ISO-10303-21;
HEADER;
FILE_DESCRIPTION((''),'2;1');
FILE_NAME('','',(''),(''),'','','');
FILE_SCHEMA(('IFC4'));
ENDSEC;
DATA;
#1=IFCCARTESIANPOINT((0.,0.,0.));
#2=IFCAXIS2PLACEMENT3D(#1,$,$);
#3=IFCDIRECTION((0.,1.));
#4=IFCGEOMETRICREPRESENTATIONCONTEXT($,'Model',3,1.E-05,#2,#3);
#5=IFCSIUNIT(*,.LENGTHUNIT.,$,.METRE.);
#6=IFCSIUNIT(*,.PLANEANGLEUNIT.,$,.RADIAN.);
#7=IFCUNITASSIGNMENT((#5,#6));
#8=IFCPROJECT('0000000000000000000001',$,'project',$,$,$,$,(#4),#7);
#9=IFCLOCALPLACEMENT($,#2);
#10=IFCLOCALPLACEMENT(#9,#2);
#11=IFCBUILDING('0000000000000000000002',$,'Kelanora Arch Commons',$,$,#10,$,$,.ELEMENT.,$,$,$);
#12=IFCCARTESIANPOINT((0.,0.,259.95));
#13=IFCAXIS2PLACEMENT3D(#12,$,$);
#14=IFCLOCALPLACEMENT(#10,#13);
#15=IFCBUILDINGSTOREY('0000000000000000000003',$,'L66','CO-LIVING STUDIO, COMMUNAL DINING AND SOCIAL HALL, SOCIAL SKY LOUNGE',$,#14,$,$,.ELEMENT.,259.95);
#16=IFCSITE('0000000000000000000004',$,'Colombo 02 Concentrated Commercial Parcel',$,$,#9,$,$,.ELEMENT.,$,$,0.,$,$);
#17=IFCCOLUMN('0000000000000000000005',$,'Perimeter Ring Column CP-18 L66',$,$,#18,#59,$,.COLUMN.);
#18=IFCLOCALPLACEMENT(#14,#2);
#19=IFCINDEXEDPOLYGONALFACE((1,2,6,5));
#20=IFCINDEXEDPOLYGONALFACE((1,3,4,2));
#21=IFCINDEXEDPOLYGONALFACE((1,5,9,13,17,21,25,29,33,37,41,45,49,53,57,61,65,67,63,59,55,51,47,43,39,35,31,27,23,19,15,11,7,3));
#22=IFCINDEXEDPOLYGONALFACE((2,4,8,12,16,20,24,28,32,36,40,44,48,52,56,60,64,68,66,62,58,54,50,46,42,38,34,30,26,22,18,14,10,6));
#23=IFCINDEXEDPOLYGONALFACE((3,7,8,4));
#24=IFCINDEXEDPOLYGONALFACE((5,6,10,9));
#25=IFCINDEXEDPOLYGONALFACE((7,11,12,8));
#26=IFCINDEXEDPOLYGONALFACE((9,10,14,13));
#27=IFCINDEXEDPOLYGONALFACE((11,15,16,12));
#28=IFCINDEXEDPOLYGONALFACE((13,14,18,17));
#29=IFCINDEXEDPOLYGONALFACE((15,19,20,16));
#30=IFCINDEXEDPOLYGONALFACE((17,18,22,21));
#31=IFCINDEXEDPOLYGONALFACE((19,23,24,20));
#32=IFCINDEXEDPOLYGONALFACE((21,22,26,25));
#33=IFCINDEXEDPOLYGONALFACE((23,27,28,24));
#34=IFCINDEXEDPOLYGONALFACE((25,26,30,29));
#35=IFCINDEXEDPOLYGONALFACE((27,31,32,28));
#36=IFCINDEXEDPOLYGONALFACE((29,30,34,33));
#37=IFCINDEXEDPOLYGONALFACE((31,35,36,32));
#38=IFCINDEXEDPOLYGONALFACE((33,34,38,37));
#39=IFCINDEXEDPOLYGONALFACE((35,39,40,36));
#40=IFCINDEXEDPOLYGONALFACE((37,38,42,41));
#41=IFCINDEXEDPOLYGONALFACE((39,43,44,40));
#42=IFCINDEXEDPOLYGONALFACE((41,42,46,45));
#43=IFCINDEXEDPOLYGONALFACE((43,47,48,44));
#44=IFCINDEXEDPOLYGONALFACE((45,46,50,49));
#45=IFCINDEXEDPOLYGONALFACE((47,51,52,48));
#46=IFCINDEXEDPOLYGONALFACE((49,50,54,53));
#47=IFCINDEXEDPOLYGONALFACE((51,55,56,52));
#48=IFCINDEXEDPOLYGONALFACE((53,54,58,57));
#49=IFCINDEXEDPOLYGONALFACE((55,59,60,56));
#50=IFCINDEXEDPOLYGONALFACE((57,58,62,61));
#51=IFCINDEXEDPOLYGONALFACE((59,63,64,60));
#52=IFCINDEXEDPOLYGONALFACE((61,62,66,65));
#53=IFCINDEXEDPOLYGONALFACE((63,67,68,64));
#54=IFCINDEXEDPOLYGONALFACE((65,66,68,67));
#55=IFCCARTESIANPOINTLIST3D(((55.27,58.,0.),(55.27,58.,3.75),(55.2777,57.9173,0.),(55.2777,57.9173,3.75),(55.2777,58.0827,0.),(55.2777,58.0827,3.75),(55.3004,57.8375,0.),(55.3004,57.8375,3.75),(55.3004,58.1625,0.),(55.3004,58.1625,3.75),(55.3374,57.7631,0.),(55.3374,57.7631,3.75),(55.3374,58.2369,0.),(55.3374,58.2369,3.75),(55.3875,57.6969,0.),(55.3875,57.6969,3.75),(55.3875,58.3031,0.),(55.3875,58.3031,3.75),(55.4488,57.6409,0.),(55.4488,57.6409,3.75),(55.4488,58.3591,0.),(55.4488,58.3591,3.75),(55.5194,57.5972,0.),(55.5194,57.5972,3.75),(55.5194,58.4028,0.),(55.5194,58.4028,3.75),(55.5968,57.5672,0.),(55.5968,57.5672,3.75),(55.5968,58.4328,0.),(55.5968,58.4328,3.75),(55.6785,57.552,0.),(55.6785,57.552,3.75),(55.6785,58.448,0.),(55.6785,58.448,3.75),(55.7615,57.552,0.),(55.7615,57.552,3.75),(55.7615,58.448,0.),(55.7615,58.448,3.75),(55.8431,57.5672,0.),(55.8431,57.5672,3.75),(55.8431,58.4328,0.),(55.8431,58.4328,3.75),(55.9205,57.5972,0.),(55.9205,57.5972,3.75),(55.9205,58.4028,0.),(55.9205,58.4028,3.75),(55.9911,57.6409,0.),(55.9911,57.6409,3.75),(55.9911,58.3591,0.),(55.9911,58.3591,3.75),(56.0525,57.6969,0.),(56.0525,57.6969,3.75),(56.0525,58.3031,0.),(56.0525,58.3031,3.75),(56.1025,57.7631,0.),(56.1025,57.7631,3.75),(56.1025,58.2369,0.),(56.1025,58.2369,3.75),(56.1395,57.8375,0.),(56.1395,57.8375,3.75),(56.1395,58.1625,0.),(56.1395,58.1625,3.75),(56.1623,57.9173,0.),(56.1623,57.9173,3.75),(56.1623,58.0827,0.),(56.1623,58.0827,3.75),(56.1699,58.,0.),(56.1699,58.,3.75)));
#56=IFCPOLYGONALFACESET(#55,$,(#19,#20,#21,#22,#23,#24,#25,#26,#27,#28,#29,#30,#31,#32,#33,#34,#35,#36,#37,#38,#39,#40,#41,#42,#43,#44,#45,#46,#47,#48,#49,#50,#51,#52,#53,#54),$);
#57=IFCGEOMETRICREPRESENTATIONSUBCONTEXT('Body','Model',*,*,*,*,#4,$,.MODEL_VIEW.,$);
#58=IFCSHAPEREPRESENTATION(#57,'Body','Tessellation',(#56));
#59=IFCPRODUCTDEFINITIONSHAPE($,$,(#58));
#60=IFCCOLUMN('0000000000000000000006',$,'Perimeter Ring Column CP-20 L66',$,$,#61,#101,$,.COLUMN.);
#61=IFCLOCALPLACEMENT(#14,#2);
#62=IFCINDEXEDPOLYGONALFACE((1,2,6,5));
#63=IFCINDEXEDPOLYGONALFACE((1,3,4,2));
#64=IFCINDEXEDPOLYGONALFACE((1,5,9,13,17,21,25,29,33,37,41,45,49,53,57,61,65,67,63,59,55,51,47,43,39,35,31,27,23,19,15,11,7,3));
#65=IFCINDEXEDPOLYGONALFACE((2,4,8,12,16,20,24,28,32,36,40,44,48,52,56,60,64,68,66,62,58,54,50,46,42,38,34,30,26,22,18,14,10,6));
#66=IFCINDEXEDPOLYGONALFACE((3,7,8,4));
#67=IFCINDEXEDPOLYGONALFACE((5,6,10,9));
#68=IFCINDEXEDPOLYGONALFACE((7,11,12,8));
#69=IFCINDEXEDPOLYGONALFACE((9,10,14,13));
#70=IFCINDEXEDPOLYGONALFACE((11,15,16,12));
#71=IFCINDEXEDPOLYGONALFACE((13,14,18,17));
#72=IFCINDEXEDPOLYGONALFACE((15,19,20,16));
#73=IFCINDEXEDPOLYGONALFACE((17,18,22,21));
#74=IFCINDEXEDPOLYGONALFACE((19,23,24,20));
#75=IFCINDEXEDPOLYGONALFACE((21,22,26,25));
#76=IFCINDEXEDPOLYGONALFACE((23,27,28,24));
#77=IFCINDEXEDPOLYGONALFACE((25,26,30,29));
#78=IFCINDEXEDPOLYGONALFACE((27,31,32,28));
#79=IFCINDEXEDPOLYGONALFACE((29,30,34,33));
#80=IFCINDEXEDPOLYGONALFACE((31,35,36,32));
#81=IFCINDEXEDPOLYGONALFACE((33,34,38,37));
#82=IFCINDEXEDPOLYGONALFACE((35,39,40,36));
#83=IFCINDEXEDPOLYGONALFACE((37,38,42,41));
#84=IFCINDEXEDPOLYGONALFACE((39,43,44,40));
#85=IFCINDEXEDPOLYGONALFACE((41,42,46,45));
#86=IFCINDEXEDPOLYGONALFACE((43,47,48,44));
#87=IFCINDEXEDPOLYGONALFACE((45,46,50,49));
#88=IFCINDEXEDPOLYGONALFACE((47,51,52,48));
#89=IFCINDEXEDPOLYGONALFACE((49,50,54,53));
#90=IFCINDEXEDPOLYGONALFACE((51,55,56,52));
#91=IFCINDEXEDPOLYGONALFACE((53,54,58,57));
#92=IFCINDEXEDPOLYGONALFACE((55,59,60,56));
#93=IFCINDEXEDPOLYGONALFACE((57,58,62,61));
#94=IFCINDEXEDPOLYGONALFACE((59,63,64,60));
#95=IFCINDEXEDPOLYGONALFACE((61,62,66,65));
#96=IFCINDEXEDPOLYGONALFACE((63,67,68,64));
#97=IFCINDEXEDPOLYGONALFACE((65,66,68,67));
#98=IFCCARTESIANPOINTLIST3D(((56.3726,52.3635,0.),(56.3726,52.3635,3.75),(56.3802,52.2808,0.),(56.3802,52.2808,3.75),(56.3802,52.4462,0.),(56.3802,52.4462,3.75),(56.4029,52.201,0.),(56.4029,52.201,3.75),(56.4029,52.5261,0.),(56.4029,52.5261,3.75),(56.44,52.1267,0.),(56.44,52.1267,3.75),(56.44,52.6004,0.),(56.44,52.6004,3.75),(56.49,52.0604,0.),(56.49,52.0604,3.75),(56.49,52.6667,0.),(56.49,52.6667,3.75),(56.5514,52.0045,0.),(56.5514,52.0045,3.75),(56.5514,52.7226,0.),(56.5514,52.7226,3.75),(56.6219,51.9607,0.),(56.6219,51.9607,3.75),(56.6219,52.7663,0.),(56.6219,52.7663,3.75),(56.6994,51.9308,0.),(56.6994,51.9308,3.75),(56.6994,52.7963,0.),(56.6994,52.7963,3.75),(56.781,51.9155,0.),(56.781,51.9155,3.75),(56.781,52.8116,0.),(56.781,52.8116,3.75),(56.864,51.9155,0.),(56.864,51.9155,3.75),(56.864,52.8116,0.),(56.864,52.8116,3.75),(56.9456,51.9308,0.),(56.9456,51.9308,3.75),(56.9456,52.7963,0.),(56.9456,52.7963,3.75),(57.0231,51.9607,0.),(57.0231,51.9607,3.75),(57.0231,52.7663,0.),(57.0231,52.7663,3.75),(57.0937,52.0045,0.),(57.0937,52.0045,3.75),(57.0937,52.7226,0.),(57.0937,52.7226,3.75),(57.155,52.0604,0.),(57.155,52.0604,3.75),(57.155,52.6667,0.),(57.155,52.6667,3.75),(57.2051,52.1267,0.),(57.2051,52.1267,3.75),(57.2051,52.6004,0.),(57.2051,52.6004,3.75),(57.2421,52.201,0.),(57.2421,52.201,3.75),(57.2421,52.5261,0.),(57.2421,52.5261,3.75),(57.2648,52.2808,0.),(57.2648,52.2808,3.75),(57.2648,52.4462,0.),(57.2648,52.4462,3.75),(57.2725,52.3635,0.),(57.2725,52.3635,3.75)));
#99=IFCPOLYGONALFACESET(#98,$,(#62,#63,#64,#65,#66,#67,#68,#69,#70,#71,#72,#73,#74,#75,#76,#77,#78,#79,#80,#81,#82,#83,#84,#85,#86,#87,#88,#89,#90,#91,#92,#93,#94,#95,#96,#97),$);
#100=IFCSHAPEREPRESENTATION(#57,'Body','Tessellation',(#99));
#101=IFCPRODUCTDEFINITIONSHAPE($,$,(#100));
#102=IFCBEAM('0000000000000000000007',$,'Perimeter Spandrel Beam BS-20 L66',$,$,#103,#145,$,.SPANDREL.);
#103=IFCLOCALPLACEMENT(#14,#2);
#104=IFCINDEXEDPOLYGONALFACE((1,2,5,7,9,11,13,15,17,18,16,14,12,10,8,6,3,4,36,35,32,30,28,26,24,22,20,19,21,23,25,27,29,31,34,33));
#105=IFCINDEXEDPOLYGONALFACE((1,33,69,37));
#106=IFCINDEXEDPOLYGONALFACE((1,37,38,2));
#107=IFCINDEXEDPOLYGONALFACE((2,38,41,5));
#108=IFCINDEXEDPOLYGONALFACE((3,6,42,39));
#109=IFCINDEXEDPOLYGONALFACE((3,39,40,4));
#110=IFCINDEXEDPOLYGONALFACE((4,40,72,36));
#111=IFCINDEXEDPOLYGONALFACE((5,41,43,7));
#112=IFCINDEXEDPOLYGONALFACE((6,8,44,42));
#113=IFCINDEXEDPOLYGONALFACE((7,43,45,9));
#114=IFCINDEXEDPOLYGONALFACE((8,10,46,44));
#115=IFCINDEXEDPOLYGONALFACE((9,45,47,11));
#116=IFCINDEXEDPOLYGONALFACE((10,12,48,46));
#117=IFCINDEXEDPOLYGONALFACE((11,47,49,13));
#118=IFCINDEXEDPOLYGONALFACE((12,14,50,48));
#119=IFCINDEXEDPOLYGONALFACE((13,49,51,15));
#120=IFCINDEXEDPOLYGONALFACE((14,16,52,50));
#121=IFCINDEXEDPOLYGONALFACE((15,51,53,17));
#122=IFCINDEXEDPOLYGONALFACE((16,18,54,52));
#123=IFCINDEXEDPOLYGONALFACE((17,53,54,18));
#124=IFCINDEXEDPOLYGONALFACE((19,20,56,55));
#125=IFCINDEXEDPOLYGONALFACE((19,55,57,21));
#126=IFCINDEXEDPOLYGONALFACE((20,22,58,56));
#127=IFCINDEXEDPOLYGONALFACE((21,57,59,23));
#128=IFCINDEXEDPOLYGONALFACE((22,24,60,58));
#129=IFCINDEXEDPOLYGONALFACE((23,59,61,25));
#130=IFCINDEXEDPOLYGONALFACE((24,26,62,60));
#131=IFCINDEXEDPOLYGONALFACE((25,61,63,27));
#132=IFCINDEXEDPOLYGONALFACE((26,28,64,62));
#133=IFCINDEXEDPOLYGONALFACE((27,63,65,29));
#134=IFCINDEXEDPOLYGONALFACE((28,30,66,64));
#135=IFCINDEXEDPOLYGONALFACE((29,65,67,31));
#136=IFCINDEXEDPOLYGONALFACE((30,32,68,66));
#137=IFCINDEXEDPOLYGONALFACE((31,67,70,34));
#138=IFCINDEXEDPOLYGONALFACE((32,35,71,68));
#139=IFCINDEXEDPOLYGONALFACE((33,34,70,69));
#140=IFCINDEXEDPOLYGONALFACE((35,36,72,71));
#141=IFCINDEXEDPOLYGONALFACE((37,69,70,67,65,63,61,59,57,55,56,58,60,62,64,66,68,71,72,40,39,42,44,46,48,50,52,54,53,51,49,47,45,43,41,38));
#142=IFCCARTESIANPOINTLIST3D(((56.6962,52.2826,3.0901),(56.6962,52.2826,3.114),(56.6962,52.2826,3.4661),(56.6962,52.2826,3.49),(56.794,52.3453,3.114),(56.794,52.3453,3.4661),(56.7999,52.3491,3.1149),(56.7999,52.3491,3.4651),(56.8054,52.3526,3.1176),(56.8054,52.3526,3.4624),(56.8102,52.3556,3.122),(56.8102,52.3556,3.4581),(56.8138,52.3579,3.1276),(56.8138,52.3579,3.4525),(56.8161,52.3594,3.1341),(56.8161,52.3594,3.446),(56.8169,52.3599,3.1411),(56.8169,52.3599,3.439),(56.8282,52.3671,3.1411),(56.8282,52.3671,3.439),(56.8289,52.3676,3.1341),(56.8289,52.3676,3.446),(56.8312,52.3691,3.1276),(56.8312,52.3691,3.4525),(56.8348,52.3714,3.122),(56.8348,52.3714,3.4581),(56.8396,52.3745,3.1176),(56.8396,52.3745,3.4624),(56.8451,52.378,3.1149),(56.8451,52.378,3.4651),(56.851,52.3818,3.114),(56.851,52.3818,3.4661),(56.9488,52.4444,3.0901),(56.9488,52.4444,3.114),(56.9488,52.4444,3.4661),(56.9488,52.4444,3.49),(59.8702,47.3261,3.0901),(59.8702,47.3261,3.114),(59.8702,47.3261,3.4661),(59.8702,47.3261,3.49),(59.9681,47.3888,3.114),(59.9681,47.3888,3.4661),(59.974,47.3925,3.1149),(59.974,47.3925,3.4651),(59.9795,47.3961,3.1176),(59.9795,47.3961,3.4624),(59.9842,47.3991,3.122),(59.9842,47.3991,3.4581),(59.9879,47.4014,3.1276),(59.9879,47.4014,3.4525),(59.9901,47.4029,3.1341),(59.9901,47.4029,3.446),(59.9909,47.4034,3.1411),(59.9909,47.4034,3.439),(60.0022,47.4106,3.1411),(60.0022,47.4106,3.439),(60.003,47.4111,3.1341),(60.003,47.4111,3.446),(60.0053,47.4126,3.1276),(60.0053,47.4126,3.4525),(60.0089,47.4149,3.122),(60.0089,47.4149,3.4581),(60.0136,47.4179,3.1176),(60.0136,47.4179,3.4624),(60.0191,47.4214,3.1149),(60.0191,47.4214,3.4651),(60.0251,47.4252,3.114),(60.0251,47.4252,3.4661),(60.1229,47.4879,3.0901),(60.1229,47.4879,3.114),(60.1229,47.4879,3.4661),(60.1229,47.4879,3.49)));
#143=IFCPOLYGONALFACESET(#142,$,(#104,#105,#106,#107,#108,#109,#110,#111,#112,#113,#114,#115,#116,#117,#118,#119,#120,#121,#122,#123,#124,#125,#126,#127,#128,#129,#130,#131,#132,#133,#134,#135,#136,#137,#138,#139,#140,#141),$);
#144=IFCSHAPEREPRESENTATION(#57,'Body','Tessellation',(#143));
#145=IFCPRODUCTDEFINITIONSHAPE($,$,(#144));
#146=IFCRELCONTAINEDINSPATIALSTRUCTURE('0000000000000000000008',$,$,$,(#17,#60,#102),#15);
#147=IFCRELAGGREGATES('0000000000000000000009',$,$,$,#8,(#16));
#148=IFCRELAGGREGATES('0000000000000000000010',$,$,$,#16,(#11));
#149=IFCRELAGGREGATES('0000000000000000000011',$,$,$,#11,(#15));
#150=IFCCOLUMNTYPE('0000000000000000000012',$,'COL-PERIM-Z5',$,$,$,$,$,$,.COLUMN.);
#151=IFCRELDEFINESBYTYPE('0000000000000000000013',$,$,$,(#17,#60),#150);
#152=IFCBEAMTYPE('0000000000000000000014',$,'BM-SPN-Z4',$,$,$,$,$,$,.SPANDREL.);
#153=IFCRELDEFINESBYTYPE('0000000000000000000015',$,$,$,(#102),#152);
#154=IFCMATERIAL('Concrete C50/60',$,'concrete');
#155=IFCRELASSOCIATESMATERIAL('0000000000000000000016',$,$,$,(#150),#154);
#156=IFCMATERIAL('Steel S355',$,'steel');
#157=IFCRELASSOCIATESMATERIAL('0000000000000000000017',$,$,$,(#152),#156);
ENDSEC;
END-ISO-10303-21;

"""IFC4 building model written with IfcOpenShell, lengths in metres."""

from ifc_helpers import new_model, si_unit, direction, frame, origin, origin_2d, place, context, subcontext, project, spatial, circle, i_section, extrude, material, material_profile, profile_set, type_object, element, save


model = new_model("IFC4")

# Units and contexts
model_context = context("Model", 3, precision=1e-05, world=origin(), true_north=direction((0.0, 1.0)))
body_context = subcontext(model_context, "Body", "Model", "MODEL_VIEW")
ifc_project = project(units=[si_unit("LENGTHUNIT", "METRE"), si_unit("PLANEANGLEUNIT", "RADIAN")], contexts=[model_context])

# Site, building, storey
site_placement = place(None, origin())
site = spatial("IfcSite", under=ifc_project, at=site_placement, Name="Colombo 02 Concentrated Commercial Parcel", CompositionType="ELEMENT", RefElevation=0.0)
building_placement = place(site_placement, origin())
building = spatial("IfcBuilding", under=site, at=building_placement, Name="Kelanora Arch Commons", CompositionType="ELEMENT")
storey_placement = place(building_placement, frame((0.0, 0.0, 259.95)))
storey = spatial("IfcBuildingStorey", under=building, at=storey_placement, Name="L66", Description="CO-LIVING STUDIO, COMMUNAL DINING AND SOCIAL HALL, SOCIAL SKY LOUNGE", CompositionType="ELEMENT", Elevation=259.95)

# Columns
ifc_material_1 = material(Name="Concrete C50/60", Category="concrete")
ifc_material_profile_1 = material_profile(ifc_material_1, circle(Radius=0.45, at=origin_2d()), Name="RCC900")
ifc_profile_set_1 = profile_set([ifc_material_profile_1], Name="Concrete C50/60")
column_type = type_object("IfcColumnType", Name="COL-PERIM-Z5", PredefinedType="COLUMN", material=ifc_profile_set_1)
for number, where, z_axis, x_axis, name in (
    (1, (55.72, 58.0, 0.0), (0.0, 0.0, 1.0), (1.0, 0.0, 0.0), "Perimeter Ring Column CP-18 L66"),
    (2, (56.8225, 52.3635, 0.0), (0.0, 0.0, 1.0), (1.0, 0.0, 0.0), "Perimeter Ring Column CP-20 L66"),
):
    element("IfcColumn", number, at=place(storey_placement, frame(where, z_axis=z_axis, x_axis=x_axis)), inside=storey, type_object=column_type, Name=name, PredefinedType="COLUMN", context=body_context, shape_type="SweptSolid", body=[
        extrude(circle(Radius=0.45, at=origin_2d()), origin(), (0.0, 0.0, 1.0), 3.75),
    ])

# Beam
ifc_material_2 = material(Name="Steel S355", Category="steel")
ifc_material_profile_2 = material_profile(ifc_material_2, i_section(OverallWidth=0.3, OverallDepth=0.3999, WebThickness=0.0134, FlangeThickness=0.0239, FilletRadius=0.0271, at=origin_2d()), Name="HEB400")
ifc_profile_set_2 = profile_set([ifc_material_profile_2], Name="Steel S355")
beam_type = type_object("IfcBeamType", Name="BM-SPN-Z4", PredefinedType="SPANDREL", material=ifc_profile_set_2)
beam_placement = place(storey_placement, frame((56.8225, 52.3635, 3.29), z_axis=(0.539281, -0.842126, 0.0), x_axis=(0.842126, 0.539281, 0.0)))
element("IfcBeam", 3, at=beam_placement, inside=storey, type_object=beam_type, Name="Perimeter Spandrel Beam BS-20 L66", PredefinedType="SPANDREL", context=body_context, shape_type="SweptSolid", body=[
    extrude(i_section(OverallWidth=0.3, OverallDepth=0.3999, WebThickness=0.0134, FlangeThickness=0.0239, FilletRadius=0.0271, at=origin_2d()), origin(), (0.0, 0.0, 1.0), 5.8857),
])

save(model, "model.ifc")
